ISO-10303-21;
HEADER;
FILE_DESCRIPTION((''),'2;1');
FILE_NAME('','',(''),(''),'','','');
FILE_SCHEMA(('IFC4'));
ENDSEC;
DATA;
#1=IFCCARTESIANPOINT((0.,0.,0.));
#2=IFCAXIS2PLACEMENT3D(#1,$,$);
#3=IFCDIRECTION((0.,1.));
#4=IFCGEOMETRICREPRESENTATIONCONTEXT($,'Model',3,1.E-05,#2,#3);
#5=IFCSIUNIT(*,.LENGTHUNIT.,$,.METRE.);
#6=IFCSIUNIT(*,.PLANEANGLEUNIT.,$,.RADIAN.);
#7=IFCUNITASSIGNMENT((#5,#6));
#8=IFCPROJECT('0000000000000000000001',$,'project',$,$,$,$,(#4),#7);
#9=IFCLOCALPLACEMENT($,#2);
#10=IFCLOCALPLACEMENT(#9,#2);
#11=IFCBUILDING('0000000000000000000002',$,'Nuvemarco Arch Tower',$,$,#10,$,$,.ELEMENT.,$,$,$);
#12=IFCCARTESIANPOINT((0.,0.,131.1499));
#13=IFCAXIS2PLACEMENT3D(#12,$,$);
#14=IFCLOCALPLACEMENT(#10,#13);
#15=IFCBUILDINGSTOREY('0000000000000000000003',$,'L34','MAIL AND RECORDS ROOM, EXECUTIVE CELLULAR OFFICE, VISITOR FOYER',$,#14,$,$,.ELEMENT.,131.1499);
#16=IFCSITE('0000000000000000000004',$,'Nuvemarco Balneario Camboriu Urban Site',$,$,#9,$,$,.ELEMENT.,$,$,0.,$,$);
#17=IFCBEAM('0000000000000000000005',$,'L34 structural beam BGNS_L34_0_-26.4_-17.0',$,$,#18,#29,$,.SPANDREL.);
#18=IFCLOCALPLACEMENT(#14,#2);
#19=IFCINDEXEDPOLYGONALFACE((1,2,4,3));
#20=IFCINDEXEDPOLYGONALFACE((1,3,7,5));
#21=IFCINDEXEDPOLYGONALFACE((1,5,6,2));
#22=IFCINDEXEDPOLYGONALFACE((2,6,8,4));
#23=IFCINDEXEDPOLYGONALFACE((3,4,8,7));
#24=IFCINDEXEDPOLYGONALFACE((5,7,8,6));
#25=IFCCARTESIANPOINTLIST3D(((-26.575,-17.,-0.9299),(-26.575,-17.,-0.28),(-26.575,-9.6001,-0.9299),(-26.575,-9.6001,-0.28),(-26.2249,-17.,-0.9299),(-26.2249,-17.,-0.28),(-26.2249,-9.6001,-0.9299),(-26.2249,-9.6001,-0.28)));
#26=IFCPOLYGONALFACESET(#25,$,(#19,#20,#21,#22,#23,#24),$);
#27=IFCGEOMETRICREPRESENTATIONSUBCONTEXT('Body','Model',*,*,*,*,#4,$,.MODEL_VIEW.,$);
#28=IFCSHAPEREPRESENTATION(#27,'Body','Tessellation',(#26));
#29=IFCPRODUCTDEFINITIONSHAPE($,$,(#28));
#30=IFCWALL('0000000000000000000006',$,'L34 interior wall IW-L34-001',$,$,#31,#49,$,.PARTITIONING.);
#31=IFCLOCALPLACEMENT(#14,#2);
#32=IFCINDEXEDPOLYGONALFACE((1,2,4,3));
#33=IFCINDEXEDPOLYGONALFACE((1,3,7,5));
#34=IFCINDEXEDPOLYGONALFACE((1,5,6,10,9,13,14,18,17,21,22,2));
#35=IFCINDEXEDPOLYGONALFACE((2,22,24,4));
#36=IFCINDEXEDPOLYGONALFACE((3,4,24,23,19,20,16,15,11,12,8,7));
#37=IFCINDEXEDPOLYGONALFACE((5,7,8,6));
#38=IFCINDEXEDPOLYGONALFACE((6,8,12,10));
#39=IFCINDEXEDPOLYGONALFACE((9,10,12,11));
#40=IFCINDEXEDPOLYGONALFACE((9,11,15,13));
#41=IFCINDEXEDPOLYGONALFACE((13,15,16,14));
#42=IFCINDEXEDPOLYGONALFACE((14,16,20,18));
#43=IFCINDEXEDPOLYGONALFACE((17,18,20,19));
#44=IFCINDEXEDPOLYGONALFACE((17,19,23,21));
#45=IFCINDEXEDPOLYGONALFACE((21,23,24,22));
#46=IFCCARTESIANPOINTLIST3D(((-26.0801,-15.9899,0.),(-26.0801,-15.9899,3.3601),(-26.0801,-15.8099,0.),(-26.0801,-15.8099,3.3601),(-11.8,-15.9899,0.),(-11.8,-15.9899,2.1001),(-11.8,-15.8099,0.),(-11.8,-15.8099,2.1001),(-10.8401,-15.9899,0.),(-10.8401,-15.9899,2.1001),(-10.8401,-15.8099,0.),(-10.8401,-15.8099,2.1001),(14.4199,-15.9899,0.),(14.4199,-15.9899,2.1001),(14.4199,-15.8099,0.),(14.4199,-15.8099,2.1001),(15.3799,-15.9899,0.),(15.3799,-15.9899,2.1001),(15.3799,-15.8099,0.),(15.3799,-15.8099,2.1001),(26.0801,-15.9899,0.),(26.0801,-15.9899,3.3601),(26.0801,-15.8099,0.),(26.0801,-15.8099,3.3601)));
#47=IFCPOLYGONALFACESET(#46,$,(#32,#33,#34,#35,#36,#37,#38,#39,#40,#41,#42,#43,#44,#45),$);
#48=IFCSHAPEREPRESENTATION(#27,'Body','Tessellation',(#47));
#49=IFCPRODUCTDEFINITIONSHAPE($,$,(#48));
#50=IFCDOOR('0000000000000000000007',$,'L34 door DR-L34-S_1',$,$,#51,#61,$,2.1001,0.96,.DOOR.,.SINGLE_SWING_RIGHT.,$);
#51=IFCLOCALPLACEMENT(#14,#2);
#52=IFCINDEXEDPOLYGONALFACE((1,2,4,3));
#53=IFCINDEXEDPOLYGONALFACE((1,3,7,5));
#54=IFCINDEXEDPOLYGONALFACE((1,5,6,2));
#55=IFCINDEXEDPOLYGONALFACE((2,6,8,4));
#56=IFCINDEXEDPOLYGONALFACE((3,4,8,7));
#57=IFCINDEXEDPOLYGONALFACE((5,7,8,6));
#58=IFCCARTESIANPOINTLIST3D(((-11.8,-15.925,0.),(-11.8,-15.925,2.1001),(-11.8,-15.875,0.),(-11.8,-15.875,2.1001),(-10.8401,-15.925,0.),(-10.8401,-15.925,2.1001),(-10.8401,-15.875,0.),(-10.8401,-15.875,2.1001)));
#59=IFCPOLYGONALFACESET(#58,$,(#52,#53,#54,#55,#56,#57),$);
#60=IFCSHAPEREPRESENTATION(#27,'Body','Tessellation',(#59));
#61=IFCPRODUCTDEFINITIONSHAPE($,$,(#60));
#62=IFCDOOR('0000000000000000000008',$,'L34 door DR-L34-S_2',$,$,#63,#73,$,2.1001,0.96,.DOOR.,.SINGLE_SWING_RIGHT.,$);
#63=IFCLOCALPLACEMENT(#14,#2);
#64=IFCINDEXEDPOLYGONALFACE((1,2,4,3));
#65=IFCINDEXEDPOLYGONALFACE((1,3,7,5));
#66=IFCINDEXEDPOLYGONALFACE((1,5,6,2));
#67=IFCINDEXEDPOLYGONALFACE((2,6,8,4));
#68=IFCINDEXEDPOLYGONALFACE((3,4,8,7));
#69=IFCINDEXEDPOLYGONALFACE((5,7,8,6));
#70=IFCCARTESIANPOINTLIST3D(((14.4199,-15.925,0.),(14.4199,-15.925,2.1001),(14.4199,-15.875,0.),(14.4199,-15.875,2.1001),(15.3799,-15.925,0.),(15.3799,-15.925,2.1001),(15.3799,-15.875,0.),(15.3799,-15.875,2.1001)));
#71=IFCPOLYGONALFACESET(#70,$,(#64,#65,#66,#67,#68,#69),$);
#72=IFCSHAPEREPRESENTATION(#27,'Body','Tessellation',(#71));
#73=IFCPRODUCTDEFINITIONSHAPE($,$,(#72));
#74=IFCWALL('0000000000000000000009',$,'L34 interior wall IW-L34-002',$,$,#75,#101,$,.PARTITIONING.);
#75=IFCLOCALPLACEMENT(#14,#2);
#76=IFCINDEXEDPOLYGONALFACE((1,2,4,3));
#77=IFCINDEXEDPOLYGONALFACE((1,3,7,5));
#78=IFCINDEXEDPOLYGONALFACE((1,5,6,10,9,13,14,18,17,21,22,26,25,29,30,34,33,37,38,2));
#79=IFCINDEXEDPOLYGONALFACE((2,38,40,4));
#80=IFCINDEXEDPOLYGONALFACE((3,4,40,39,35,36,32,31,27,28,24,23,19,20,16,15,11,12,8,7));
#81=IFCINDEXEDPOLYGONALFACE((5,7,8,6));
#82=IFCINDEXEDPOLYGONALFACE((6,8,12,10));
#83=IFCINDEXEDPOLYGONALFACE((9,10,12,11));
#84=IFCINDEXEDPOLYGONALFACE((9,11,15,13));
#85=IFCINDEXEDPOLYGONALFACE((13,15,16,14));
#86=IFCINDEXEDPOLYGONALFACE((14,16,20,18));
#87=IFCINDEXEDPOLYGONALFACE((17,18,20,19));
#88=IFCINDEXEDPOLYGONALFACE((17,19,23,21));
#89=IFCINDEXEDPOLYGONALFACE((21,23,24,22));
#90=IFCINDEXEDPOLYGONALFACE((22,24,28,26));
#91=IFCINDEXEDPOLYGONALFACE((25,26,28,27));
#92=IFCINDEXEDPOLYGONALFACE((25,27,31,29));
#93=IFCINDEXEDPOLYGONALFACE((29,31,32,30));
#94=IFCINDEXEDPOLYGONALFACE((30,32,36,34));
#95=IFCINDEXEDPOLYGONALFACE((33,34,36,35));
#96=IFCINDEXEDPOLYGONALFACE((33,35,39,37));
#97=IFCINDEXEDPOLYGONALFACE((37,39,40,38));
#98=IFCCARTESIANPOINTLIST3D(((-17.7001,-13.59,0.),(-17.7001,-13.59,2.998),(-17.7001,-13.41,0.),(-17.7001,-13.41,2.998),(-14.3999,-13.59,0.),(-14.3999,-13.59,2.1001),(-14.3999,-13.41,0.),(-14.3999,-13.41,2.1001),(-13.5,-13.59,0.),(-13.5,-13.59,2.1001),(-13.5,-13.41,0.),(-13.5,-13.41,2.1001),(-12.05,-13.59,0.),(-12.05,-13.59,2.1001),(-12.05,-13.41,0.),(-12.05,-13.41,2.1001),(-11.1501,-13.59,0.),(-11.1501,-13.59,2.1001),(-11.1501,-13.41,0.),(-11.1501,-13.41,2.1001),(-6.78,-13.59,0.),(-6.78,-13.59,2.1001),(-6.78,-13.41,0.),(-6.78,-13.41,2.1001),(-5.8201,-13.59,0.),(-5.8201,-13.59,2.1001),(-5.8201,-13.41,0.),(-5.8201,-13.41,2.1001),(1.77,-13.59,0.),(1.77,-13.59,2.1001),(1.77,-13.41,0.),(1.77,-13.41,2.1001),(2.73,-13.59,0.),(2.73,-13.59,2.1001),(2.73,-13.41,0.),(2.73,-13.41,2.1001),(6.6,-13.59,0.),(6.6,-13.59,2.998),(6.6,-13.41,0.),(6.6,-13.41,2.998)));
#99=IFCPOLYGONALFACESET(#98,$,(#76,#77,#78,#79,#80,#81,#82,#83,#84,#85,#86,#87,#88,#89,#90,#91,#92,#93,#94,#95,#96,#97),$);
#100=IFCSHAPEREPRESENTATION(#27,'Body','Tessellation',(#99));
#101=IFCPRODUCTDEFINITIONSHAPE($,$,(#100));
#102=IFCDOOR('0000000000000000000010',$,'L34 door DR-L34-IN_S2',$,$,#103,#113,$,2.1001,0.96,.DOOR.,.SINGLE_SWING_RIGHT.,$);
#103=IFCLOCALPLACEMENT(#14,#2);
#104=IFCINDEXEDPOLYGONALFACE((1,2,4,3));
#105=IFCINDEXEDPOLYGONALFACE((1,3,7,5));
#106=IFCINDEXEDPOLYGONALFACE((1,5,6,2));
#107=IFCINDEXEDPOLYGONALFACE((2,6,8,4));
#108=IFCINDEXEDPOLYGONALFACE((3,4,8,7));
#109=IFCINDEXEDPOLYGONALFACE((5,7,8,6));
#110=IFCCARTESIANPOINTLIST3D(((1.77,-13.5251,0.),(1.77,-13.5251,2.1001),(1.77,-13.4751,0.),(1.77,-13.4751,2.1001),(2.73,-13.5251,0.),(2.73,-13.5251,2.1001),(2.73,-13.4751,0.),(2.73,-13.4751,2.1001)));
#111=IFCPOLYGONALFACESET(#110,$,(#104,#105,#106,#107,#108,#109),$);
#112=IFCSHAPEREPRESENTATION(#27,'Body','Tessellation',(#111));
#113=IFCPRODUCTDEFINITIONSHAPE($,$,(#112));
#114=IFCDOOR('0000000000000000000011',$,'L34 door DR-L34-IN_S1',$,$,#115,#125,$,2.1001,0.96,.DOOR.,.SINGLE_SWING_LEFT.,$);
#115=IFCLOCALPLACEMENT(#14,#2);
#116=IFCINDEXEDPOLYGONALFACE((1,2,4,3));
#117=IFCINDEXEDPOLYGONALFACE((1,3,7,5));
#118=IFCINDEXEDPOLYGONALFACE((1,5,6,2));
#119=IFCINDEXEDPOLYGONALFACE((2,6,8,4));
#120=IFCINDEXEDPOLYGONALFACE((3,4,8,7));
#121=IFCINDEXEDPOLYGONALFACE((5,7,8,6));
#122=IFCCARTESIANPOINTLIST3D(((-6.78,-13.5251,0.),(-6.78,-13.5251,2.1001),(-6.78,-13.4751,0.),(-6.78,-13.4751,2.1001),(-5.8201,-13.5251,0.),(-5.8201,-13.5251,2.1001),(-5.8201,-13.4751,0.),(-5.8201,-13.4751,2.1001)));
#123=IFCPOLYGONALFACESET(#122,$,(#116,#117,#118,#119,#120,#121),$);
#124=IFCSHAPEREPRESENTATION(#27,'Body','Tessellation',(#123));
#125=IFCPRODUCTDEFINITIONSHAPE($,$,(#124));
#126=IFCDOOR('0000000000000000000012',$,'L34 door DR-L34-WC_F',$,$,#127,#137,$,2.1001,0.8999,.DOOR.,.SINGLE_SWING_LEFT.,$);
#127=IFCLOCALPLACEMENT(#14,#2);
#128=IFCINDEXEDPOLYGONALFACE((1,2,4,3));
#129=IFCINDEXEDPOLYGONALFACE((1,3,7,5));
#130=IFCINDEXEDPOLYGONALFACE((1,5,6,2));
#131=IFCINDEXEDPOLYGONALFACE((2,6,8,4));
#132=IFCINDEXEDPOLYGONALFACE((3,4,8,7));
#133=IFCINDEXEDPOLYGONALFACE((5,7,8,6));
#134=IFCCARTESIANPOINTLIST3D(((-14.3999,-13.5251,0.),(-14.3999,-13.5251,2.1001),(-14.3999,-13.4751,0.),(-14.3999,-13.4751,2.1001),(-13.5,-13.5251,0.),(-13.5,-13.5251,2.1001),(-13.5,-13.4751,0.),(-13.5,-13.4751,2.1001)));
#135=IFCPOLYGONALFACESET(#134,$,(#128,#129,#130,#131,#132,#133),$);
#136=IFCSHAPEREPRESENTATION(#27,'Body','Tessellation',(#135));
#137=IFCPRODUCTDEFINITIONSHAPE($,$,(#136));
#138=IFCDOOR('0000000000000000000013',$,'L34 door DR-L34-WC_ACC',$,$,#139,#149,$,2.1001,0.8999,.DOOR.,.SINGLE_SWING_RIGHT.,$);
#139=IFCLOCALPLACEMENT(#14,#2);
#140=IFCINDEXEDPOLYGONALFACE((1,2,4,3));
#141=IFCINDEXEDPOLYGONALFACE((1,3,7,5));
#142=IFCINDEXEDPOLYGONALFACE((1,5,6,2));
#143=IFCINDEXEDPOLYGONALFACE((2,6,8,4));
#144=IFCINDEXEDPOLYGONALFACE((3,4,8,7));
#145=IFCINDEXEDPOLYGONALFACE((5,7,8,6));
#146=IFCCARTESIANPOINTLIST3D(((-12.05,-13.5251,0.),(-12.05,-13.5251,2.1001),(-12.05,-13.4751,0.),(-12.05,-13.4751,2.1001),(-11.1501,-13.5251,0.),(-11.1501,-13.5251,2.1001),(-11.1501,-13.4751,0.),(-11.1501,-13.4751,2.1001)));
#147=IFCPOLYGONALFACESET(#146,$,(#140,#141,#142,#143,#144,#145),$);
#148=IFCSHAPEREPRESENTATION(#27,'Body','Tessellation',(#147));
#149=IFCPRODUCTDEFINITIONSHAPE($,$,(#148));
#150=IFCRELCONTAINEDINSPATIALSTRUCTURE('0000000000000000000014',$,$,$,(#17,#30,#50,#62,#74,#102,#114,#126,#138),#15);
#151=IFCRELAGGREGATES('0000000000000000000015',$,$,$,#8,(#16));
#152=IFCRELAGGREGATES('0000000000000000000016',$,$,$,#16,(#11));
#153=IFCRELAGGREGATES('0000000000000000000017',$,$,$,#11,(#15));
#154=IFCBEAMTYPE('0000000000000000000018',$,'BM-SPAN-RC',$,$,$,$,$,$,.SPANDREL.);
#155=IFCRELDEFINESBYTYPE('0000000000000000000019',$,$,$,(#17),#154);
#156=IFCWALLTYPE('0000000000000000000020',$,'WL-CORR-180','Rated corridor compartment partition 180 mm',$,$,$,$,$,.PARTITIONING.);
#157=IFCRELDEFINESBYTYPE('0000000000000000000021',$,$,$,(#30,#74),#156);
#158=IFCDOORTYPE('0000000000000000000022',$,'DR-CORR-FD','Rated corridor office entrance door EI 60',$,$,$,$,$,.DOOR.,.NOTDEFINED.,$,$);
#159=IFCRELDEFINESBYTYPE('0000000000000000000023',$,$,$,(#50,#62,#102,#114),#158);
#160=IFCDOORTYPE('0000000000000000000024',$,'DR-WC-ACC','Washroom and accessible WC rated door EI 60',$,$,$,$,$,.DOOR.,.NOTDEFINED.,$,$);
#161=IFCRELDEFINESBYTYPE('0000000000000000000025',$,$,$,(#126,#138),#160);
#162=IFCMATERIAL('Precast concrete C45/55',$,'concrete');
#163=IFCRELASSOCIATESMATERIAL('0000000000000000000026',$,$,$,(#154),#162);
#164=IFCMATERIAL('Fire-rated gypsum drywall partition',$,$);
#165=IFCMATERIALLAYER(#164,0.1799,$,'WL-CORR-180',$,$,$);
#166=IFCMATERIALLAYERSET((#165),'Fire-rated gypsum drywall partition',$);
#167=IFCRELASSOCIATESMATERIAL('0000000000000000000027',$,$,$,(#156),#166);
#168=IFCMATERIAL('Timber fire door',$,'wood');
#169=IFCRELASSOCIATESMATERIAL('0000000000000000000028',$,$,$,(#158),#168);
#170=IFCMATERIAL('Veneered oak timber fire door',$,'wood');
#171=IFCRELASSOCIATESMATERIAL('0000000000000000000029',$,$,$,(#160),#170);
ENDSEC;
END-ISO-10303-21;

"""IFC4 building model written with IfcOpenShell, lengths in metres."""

from ifc_helpers import new_model, si_unit, direction, frame, frame_2d, origin, origin_2d, place, context, subcontext, project, spatial, rectangle, extrude, source, transform, mapped, material, layer, layer_set, material_profile, profile_set, type_object, type_shapes, element, fill, save


model = new_model("IFC4")

# Units and contexts
model_context = context("Model", 3, precision=1e-05, world=origin(), true_north=direction((0.0, 1.0)))
body_context = subcontext(model_context, "Body", "Model", "MODEL_VIEW")
ifc_project = project(units=[si_unit("LENGTHUNIT", "METRE"), si_unit("PLANEANGLEUNIT", "RADIAN")], contexts=[model_context])

# Site, building, storey
site_placement = place(None, origin())
site = spatial("IfcSite", under=ifc_project, at=site_placement, Name="Nuvemarco Balneario Camboriu Urban Site", CompositionType="ELEMENT", RefElevation=0.0)
building_placement = place(site_placement, origin())
building = spatial("IfcBuilding", under=site, at=building_placement, Name="Nuvemarco Arch Tower", CompositionType="ELEMENT")
storey_placement = place(building_placement, frame((0.0, 0.0, 131.1499)))
storey = spatial("IfcBuildingStorey", under=building, at=storey_placement, Name="L34", Description="MAIL AND RECORDS ROOM, EXECUTIVE CELLULAR OFFICE, VISITOR FOYER", CompositionType="ELEMENT", Elevation=131.1499)

# Beam
ifc_material_1 = material(Name="Precast concrete C45/55", Category="concrete")
ifc_material_profile_1 = material_profile(ifc_material_1, rectangle(XDim=0.3501, YDim=0.6499, at=origin_2d()), Name="PC-SP-350x650")
ifc_profile_set_1 = profile_set([ifc_material_profile_1], Name="Precast concrete C45/55")
beam_type_1 = type_object("IfcBeamType", Name="BM-SPAN-RC", PredefinedType="SPANDREL", material=ifc_profile_set_1)
beam_1_placement = place(storey_placement, frame((-26.3999, -17.0, -0.605), z_axis=(0.0, 1.0, 0.0), x_axis=(-1.0, 0.0, 0.0)))
element("IfcBeam", 1, at=beam_1_placement, inside=storey, type_object=beam_type_1, Name="L34 structural beam BGNS_L34_0_-26.4_-17.0", PredefinedType="SPANDREL", context=body_context, shape_type="SweptSolid", body=[
    extrude(rectangle(XDim=0.3501, YDim=0.6499, at=origin_2d()), origin(), (0.0, 0.0, 1.0), 7.3999),
])

# Walls, openings, doors
ifc_material_2 = material(Name="Fire-rated gypsum drywall partition")
ifc_layer = layer(ifc_material_2, 0.1799, Name="WL-CORR-180")
ifc_layer_set = layer_set([ifc_layer], Name="Fire-rated gypsum drywall partition")
wall_type = type_object("IfcWallType", Name="WL-CORR-180", Description="Rated corridor compartment partition 180 mm", PredefinedType="PARTITIONING", material=ifc_layer_set)
wall_1_placement = place(storey_placement, frame((-26.0801, -15.8999, 0.0), z_axis=(0.0, 0.0, 1.0), x_axis=(1.0, 0.0, 0.0)))
wall_1 = element("IfcWall", 2, at=wall_1_placement, inside=storey, type_object=wall_type, Name="L34 interior wall IW-L34-001", PredefinedType="PARTITIONING", context=body_context, shape_type="SweptSolid", body=[
    extrude(rectangle(XDim=52.1602, YDim=0.1799, at=frame_2d((26.0801, 0.0))), origin(), (0.0, 0.0, 1.0), 3.3601),
])
opening_1_placement = place(wall_1_placement, frame((14.28, 0.0, 0.0)))
opening_1 = element("IfcOpeningElement", 3, at=opening_1_placement, cuts=wall_1, PredefinedType="OPENING", context=body_context, shape_type="SweptSolid", body=[
    extrude(rectangle(XDim=0.96, YDim=2.1001, at=frame_2d((0.48, 1.05))), frame((0.0, 0.0999, 0.0), z_axis=(0.0, -1.0, 0.0), x_axis=(1.0, 0.0, 0.0)), (0.0, 0.0, 1.0), 0.2),
])
opening_2_placement = place(wall_1_placement, frame((40.5, 0.0, 0.0)))
opening_2 = element("IfcOpeningElement", 4, at=opening_2_placement, cuts=wall_1, PredefinedType="OPENING", context=body_context, shape_type="SweptSolid", body=[
    extrude(rectangle(XDim=0.96, YDim=2.1001, at=frame_2d((0.48, 1.05))), frame((0.0, 0.0999, 0.0), z_axis=(0.0, -1.0, 0.0), x_axis=(1.0, 0.0, 0.0)), (0.0, 0.0, 1.0), 0.2),
])
ifc_material_3 = material(Name="Timber fire door", Category="wood")
door_type_1 = type_object("IfcDoorType", Name="DR-CORR-FD", Description="Rated corridor office entrance door EI 60", OperationType="NOTDEFINED", PredefinedType="DOOR", material=ifc_material_3)
shared_shape_1 = source(origin(), body_context, "Body", "SweptSolid", [
    extrude(rectangle(XDim=0.96, YDim=2.1001, at=frame_2d((0.48, 1.05))), frame((0.0, 0.0249, 0.0), z_axis=(0.0, -1.0, 0.0), x_axis=(1.0, 0.0, 0.0)), (0.0, 0.0, 1.0), 0.05),
])
type_shapes(door_type_1, [shared_shape_1])
door_1_placement = place(opening_1_placement, origin())
door_1 = element("IfcDoor", 5, at=door_1_placement, inside=storey, type_object=door_type_1, Name="L34 door DR-L34-S_1", OperationType="SINGLE_SWING_RIGHT", OverallHeight=2.1001, OverallWidth=0.96, PredefinedType="DOOR", context=body_context, shape_type="MappedRepresentation", body=[
    mapped(shared_shape_1, transform((0.0, 0.0, 0.0), scale=1.0)),
])
fill(opening_1, door_1)
door_2_placement = place(opening_2_placement, origin())
door_2 = element("IfcDoor", 6, at=door_2_placement, inside=storey, type_object=door_type_1, Name="L34 door DR-L34-S_2", OperationType="SINGLE_SWING_RIGHT", OverallHeight=2.1001, OverallWidth=0.96, PredefinedType="DOOR", context=body_context, shape_type="MappedRepresentation", body=[
    mapped(shared_shape_1, transform((0.0, 0.0, 0.0), scale=1.0)),
])
fill(opening_2, door_2)
wall_2_placement = place(storey_placement, frame((-17.7, -13.5, 0.0), z_axis=(0.0, 0.0, 1.0), x_axis=(1.0, 0.0, 0.0)))
wall_2 = element("IfcWall", 7, at=wall_2_placement, inside=storey, type_object=wall_type, Name="L34 interior wall IW-L34-002", PredefinedType="PARTITIONING", context=body_context, shape_type="SweptSolid", body=[
    extrude(rectangle(XDim=24.3, YDim=0.1799, at=frame_2d((12.1499, 0.0))), origin(), (0.0, 0.0, 1.0), 2.998),
])
opening_3_placement = place(wall_2_placement, frame((19.47, 0.0, 0.0)))
opening_3 = element("IfcOpeningElement", 8, at=opening_3_placement, cuts=wall_2, PredefinedType="OPENING", context=body_context, shape_type="SweptSolid", body=[
    extrude(rectangle(XDim=0.96, YDim=2.1001, at=frame_2d((0.48, 1.05))), frame((0.0, 0.0999, 0.0), z_axis=(0.0, -1.0, 0.0), x_axis=(1.0, 0.0, 0.0)), (0.0, 0.0, 1.0), 0.2),
])
opening_4_placement = place(wall_2_placement, frame((10.9199, 0.0, 0.0)))
opening_4 = element("IfcOpeningElement", 9, at=opening_4_placement, cuts=wall_2, PredefinedType="OPENING", context=body_context, shape_type="SweptSolid", body=[
    extrude(rectangle(XDim=0.96, YDim=2.1001, at=frame_2d((0.48, 1.05))), frame((0.0, 0.0999, 0.0), z_axis=(0.0, -1.0, 0.0), x_axis=(1.0, 0.0, 0.0)), (0.0, 0.0, 1.0), 0.2),
])
opening_5_placement = place(wall_2_placement, frame((3.3, 0.0, 0.0)))
opening_5 = element("IfcOpeningElement", 10, at=opening_5_placement, cuts=wall_2, PredefinedType="OPENING", context=body_context, shape_type="SweptSolid", body=[
    extrude(rectangle(XDim=0.8999, YDim=2.1001, at=frame_2d((0.45, 1.05))), frame((0.0, 0.0999, 0.0), z_axis=(0.0, -1.0, 0.0), x_axis=(1.0, 0.0, 0.0)), (0.0, 0.0, 1.0), 0.2),
])
opening_6_placement = place(wall_2_placement, frame((5.6499, 0.0, 0.0)))
opening_6 = element("IfcOpeningElement", 11, at=opening_6_placement, cuts=wall_2, PredefinedType="OPENING", context=body_context, shape_type="SweptSolid", body=[
    extrude(rectangle(XDim=0.8999, YDim=2.1001, at=frame_2d((0.45, 1.05))), frame((0.0, 0.0999, 0.0), z_axis=(0.0, -1.0, 0.0), x_axis=(1.0, 0.0, 0.0)), (0.0, 0.0, 1.0), 0.2),
])
door_3_placement = place(opening_3_placement, origin())
door_3 = element("IfcDoor", 12, at=door_3_placement, inside=storey, type_object=door_type_1, Name="L34 door DR-L34-IN_S2", OperationType="SINGLE_SWING_RIGHT", OverallHeight=2.1001, OverallWidth=0.96, PredefinedType="DOOR", context=body_context, shape_type="MappedRepresentation", body=[
    mapped(shared_shape_1, transform((0.0, 0.0, 0.0), scale=1.0)),
])
fill(opening_3, door_3)
door_4_placement = place(opening_4_placement, origin())
door_4 = element("IfcDoor", 13, at=door_4_placement, inside=storey, type_object=door_type_1, Name="L34 door DR-L34-IN_S1", OperationType="SINGLE_SWING_LEFT", OverallHeight=2.1001, OverallWidth=0.96, PredefinedType="DOOR", context=body_context, shape_type="MappedRepresentation", body=[
    mapped(shared_shape_1, transform((0.0, 0.0, 0.0), scale=1.0)),
])
fill(opening_4, door_4)
ifc_material_4 = material(Name="Veneered oak timber fire door", Category="wood")
door_type_2 = type_object("IfcDoorType", Name="DR-WC-ACC", Description="Washroom and accessible WC rated door EI 60", OperationType="NOTDEFINED", PredefinedType="DOOR", material=ifc_material_4)
shared_shape_2 = source(origin(), body_context, "Body", "SweptSolid", [
    extrude(rectangle(XDim=0.8999, YDim=2.1001, at=frame_2d((0.45, 1.05))), frame((0.0, 0.0249, 0.0), z_axis=(0.0, -1.0, 0.0), x_axis=(1.0, 0.0, 0.0)), (0.0, 0.0, 1.0), 0.05),
])
type_shapes(door_type_2, [shared_shape_2])
door_5_placement = place(opening_5_placement, origin())
door_5 = element("IfcDoor", 14, at=door_5_placement, inside=storey, type_object=door_type_2, Name="L34 door DR-L34-WC_F", OperationType="SINGLE_SWING_LEFT", OverallHeight=2.1001, OverallWidth=0.8999, PredefinedType="DOOR", context=body_context, shape_type="MappedRepresentation", body=[
    mapped(shared_shape_2, transform((0.0, 0.0, 0.0), scale=1.0)),
])
fill(opening_5, door_5)
door_6_placement = place(opening_6_placement, origin())
door_6 = element("IfcDoor", 15, at=door_6_placement, inside=storey, type_object=door_type_2, Name="L34 door DR-L34-WC_ACC", OperationType="SINGLE_SWING_RIGHT", OverallHeight=2.1001, OverallWidth=0.8999, PredefinedType="DOOR", context=body_context, shape_type="MappedRepresentation", body=[
    mapped(shared_shape_2, transform((0.0, 0.0, 0.0), scale=1.0)),
])
fill(opening_6, door_6)

save(model, "model.ifc")
